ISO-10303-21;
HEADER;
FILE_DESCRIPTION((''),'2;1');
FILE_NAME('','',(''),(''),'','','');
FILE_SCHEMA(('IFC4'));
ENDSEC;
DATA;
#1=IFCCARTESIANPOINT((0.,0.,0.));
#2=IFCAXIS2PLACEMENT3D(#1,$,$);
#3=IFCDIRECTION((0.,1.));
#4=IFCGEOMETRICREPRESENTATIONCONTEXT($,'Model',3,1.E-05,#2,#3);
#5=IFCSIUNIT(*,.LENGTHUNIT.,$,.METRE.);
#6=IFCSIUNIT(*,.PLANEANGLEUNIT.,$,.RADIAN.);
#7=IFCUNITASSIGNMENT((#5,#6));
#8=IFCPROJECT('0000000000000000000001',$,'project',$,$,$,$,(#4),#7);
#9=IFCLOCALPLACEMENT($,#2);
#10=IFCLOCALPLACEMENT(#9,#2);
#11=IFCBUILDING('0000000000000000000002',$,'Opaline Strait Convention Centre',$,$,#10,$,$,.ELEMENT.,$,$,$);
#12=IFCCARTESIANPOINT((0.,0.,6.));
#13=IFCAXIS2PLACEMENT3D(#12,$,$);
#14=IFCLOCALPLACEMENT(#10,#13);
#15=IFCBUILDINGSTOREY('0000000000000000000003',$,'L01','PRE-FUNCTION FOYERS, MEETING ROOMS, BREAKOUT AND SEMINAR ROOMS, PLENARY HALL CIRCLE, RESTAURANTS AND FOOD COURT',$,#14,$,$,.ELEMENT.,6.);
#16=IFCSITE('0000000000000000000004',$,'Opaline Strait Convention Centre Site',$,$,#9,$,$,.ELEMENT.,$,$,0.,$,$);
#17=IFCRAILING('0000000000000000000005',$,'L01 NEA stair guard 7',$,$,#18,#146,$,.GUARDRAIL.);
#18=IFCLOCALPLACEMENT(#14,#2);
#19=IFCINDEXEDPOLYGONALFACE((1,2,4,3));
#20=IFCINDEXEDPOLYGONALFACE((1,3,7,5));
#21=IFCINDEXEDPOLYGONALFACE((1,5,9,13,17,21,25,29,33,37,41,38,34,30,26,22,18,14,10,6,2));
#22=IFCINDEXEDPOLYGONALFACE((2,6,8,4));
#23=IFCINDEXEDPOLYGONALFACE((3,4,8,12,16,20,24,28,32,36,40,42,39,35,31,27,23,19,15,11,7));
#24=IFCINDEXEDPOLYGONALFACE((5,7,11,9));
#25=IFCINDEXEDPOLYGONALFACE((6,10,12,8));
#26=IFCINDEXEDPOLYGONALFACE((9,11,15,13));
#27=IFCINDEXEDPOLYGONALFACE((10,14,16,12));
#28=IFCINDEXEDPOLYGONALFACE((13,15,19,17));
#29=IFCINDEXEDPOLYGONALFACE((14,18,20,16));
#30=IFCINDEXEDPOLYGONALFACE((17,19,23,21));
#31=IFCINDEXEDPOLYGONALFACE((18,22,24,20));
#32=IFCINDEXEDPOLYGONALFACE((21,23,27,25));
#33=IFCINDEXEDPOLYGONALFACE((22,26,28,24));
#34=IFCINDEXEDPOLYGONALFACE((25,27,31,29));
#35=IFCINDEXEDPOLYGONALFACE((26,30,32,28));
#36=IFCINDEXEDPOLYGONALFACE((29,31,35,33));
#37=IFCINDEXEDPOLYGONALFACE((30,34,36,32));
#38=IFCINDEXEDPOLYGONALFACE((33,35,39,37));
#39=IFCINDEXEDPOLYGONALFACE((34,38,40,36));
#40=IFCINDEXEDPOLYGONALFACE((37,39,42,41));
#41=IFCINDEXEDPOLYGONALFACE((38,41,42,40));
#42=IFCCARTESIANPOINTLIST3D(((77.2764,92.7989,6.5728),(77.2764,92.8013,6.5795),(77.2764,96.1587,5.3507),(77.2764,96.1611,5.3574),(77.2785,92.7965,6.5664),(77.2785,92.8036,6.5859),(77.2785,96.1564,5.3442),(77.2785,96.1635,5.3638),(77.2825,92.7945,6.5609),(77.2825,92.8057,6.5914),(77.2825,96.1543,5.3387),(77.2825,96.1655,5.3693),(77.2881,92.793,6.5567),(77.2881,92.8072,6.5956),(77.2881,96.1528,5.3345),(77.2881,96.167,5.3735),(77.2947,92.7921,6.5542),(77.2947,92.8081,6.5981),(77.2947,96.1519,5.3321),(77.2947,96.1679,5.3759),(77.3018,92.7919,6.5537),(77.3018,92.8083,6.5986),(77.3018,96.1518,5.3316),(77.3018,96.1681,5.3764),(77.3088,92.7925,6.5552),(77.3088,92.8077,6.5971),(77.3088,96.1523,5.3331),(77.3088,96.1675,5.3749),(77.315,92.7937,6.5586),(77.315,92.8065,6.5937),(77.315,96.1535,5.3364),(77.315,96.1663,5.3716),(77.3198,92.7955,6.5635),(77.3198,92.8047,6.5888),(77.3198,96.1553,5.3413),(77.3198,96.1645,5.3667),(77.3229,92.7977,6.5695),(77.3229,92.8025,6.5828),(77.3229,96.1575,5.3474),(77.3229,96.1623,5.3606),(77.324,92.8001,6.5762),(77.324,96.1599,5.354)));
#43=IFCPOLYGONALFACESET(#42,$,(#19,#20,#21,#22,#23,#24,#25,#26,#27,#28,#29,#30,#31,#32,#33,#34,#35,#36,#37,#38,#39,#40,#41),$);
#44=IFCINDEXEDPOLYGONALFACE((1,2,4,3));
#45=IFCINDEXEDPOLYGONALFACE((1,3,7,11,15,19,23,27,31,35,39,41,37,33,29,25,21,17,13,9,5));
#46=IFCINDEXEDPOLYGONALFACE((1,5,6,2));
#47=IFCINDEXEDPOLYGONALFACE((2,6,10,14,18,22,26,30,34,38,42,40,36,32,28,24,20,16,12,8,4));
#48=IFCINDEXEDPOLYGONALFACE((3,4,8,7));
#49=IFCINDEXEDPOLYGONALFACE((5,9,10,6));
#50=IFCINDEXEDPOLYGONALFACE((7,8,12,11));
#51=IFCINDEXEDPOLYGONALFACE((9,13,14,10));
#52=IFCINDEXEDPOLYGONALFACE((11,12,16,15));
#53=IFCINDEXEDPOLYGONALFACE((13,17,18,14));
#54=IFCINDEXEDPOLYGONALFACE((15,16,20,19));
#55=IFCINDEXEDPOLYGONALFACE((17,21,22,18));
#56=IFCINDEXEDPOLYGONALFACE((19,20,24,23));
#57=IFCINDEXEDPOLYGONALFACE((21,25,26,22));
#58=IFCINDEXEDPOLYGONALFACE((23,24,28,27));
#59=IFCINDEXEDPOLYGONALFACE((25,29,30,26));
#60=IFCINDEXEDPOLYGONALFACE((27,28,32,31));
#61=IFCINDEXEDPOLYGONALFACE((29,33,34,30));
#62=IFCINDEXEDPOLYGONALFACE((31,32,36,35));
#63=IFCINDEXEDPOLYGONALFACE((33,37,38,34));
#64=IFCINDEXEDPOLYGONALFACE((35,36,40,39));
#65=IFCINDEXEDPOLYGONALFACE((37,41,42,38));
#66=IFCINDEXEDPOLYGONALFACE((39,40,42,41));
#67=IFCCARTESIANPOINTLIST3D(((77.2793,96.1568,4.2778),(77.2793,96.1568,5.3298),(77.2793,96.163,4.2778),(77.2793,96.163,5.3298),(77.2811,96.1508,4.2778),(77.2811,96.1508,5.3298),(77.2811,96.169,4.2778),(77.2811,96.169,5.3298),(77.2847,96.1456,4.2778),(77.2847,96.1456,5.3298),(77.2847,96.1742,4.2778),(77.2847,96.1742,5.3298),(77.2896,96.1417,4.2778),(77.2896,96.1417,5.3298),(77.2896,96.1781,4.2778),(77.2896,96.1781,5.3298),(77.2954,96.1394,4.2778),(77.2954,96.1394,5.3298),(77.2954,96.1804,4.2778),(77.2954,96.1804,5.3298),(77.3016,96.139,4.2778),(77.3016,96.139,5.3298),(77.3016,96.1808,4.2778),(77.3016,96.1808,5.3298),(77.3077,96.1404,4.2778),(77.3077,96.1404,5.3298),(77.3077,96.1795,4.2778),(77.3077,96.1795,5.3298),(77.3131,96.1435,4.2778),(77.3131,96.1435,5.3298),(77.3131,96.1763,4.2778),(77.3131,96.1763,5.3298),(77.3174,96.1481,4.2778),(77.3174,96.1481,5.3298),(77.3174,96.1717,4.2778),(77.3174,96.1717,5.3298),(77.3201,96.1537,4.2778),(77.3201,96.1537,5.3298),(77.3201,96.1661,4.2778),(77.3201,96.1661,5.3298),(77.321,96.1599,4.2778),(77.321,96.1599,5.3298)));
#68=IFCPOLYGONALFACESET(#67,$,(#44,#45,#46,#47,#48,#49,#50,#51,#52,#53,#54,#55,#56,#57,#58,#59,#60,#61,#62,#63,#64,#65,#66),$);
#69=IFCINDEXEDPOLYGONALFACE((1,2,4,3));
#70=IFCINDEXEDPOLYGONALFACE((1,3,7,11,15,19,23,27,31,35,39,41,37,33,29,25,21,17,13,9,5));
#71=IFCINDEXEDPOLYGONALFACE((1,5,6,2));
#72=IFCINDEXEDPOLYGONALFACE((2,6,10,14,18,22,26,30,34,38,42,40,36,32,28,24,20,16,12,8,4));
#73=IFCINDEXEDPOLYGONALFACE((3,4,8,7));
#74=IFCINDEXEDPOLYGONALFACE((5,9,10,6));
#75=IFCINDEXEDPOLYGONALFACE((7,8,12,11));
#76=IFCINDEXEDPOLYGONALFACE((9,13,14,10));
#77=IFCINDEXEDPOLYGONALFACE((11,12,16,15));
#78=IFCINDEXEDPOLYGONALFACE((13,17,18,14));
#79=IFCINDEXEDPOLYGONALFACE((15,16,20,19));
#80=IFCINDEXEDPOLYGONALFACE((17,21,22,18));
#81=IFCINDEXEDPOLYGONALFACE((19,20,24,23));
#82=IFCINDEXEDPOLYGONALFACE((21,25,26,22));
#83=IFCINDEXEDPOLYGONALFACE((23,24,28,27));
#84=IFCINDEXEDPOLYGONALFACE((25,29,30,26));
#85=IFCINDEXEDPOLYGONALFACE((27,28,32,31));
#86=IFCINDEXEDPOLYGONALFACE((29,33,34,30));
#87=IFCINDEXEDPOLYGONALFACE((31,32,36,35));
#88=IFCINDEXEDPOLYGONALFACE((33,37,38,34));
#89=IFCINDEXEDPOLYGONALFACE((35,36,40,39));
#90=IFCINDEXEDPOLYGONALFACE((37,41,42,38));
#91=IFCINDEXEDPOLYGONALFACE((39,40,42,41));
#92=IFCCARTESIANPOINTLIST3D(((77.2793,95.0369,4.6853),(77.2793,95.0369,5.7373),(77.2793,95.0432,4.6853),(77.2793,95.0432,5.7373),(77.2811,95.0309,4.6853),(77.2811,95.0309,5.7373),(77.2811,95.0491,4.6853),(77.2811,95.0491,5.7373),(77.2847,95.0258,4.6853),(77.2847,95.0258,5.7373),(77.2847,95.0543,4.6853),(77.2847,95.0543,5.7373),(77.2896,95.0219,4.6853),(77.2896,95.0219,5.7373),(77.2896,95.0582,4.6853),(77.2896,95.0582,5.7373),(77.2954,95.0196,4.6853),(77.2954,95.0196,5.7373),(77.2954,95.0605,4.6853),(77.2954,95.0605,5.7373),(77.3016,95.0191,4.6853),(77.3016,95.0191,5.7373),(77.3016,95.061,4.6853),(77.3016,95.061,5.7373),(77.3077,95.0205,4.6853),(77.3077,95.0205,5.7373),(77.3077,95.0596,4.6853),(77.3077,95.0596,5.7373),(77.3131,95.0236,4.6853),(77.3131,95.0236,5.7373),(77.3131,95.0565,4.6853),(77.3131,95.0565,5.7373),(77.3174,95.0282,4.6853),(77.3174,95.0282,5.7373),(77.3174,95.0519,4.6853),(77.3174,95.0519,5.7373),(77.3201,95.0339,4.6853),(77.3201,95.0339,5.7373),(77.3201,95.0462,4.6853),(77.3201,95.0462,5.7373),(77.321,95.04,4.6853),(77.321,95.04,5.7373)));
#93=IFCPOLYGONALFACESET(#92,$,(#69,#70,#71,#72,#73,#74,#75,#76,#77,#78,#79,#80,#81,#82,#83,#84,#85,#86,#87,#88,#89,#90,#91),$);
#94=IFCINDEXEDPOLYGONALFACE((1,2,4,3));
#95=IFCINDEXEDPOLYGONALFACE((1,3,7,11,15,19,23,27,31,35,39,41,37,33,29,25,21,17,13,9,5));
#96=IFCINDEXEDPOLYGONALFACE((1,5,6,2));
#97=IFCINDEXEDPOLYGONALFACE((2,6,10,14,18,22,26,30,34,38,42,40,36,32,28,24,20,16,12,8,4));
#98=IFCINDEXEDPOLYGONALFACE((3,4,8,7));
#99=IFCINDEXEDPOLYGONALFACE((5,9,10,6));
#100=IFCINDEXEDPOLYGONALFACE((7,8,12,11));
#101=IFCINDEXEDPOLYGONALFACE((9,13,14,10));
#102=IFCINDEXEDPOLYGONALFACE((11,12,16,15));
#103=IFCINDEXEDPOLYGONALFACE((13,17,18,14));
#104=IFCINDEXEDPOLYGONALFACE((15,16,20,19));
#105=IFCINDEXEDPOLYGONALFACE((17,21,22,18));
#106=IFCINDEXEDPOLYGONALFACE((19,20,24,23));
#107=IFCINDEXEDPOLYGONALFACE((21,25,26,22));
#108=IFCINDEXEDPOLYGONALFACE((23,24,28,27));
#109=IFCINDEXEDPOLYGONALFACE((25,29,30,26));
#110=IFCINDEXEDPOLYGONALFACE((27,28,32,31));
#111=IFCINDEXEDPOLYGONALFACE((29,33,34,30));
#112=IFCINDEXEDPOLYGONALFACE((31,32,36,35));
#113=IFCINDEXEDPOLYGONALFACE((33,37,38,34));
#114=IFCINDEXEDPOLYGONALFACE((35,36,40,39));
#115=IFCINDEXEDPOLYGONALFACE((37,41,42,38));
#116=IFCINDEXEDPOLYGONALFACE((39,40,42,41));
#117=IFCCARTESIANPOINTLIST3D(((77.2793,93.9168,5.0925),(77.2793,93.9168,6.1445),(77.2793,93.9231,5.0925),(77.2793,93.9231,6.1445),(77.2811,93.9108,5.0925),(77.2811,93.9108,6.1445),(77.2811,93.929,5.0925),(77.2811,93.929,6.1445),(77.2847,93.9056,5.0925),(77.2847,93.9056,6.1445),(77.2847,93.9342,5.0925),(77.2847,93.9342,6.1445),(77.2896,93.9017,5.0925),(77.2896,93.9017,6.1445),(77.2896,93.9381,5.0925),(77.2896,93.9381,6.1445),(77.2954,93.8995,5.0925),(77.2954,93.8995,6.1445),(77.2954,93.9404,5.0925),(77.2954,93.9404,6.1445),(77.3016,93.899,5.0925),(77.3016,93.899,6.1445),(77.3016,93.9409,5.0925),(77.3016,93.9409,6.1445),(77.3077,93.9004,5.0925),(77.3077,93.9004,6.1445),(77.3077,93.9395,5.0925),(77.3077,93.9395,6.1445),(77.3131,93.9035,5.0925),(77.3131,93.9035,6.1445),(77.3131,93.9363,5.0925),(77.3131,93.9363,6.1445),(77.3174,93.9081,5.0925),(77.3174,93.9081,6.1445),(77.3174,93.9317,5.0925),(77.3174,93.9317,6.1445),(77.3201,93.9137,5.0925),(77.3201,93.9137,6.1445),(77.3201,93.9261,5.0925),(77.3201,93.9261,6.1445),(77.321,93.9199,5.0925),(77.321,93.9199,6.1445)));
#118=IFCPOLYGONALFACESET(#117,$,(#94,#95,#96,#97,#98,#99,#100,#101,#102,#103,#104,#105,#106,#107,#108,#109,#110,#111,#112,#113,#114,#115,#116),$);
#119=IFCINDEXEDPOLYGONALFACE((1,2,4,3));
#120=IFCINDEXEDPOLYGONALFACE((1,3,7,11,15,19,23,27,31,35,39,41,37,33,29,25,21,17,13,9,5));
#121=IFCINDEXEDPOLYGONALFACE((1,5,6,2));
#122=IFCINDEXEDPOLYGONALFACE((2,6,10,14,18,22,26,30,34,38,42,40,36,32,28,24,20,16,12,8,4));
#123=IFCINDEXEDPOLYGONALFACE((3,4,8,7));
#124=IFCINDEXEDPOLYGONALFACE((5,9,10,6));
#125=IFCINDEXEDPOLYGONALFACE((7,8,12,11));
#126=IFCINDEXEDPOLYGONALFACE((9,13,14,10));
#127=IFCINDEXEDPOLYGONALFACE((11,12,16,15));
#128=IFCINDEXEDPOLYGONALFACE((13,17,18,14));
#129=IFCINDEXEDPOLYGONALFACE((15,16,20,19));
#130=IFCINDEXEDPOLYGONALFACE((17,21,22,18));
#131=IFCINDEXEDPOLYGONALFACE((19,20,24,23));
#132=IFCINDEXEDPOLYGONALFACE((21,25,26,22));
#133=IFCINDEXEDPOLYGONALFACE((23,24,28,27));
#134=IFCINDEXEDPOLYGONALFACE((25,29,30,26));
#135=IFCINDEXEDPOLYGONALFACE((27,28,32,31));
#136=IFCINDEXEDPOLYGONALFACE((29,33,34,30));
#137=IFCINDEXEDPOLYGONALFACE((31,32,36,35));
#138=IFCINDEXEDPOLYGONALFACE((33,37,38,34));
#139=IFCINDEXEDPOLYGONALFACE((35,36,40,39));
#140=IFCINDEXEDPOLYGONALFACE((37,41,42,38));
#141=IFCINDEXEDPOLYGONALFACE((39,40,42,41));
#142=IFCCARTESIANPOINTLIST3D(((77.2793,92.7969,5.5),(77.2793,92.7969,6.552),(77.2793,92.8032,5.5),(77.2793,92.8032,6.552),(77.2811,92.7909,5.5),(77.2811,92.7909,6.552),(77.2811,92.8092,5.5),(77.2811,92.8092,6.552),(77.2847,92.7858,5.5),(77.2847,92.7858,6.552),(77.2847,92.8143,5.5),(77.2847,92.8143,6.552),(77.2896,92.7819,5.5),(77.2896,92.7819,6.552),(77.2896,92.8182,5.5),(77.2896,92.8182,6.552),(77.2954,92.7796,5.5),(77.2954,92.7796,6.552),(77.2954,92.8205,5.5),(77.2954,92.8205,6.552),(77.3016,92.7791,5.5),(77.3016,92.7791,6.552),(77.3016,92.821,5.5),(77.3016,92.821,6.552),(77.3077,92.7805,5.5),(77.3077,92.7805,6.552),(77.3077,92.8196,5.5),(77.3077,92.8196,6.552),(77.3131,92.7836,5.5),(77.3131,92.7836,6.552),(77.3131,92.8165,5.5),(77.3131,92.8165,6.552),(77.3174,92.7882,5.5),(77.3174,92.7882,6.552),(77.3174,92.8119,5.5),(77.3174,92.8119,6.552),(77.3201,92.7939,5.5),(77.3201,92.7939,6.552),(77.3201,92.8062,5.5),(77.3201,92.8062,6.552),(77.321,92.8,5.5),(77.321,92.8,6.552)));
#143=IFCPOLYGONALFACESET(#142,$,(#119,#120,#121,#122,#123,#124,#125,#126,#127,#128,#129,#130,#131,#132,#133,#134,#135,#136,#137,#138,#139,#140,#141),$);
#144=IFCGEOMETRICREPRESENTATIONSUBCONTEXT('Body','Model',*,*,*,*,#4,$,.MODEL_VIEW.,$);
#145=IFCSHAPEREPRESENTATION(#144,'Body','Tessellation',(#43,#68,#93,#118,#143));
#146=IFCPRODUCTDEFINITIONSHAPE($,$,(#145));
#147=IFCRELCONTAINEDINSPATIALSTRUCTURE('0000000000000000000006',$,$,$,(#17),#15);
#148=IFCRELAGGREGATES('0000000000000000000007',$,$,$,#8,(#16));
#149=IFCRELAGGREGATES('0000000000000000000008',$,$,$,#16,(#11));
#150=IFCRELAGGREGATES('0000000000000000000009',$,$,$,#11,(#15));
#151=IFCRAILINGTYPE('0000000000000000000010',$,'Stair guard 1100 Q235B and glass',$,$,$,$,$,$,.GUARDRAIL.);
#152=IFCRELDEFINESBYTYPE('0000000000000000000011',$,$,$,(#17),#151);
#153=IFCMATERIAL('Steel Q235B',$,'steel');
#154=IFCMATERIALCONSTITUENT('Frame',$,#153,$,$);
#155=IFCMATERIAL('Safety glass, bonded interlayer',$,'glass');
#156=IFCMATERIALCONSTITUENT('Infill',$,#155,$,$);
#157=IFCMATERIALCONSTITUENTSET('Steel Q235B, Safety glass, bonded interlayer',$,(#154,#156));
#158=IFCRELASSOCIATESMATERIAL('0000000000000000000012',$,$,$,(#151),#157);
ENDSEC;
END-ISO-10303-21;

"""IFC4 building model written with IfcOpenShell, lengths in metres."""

from ifc_helpers import new_model, si_unit, direction, frame, origin, origin_2d, place, context, subcontext, project, spatial, circle, extrude, material, constituent, constituent_set, type_object, element, save


model = new_model("IFC4")

# Units and contexts
model_context = context("Model", 3, precision=1e-05, world=origin(), true_north=direction((0.0, 1.0)))
body_context = subcontext(model_context, "Body", "Model", "MODEL_VIEW")
ifc_project = project(units=[si_unit("LENGTHUNIT", "METRE"), si_unit("PLANEANGLEUNIT", "RADIAN")], contexts=[model_context])

# Site, building, storey
site_placement = place(None, origin())
site = spatial("IfcSite", under=ifc_project, at=site_placement, Name="Opaline Strait Convention Centre Site", CompositionType="ELEMENT", RefElevation=0.0)
building_placement = place(site_placement, origin())
building = spatial("IfcBuilding", under=site, at=building_placement, Name="Opaline Strait Convention Centre", CompositionType="ELEMENT")
storey_placement = place(building_placement, frame((0.0, 0.0, 6.0)))
storey = spatial("IfcBuildingStorey", under=building, at=storey_placement, Name="L01", Description="PRE-FUNCTION FOYERS, MEETING ROOMS, BREAKOUT AND SEMINAR ROOMS, PLENARY HALL CIRCLE, RESTAURANTS AND FOOD COURT", CompositionType="ELEMENT", Elevation=6.0)

# Railing
ifc_material_1 = material(Name="Safety glass, bonded interlayer", Category="glass")
ifc_material_2 = material(Name="Steel Q235B", Category="steel")
ifc_constituent_1 = constituent(ifc_material_2, Name="Frame")
ifc_constituent_2 = constituent(ifc_material_1, Name="Infill")
ifc_constituent_set_1 = constituent_set(constituents=[ifc_constituent_1, ifc_constituent_2], Name="Steel Q235B, Safety glass, bonded interlayer")
railing_type_1 = type_object("IfcRailingType", Name="Stair guard 1100 Q235B and glass", PredefinedType="GUARDRAIL", material=ifc_constituent_set_1)
railing_1_placement = place(storey_placement, frame((77.3, 96.1599, 4.2778)))
element("IfcRailing", 1, at=railing_1_placement, inside=storey, type_object=railing_type_1, Name="L01 NEA stair guard 7", PredefinedType="GUARDRAIL", context=body_context, shape_type="SweptSolid", body=[
    extrude(circle(Radius=0.0239, at=origin_2d()), frame((0.0, 0.0, 1.0762), z_axis=(0.0, -0.939758, 0.341842), x_axis=(1.0, 0.0, 0.0)), (0.0, 0.0, 1.0), 3.5752),
    extrude(circle(Radius=0.021, at=origin_2d()), origin(), (0.0, 0.0, 1.0), 1.052),
    extrude(circle(Radius=0.021, at=origin_2d()), frame((0.0, -1.1199, 0.4075)), (0.0, 0.0, 1.0), 1.052),
    extrude(circle(Radius=0.021, at=origin_2d()), frame((0.0, -2.24, 0.8147)), (0.0, 0.0, 1.0), 1.052),
    extrude(circle(Radius=0.021, at=origin_2d()), frame((0.0, -3.3599, 1.2222)), (0.0, 0.0, 1.0), 1.052),
])

save(model, "model.ifc")
